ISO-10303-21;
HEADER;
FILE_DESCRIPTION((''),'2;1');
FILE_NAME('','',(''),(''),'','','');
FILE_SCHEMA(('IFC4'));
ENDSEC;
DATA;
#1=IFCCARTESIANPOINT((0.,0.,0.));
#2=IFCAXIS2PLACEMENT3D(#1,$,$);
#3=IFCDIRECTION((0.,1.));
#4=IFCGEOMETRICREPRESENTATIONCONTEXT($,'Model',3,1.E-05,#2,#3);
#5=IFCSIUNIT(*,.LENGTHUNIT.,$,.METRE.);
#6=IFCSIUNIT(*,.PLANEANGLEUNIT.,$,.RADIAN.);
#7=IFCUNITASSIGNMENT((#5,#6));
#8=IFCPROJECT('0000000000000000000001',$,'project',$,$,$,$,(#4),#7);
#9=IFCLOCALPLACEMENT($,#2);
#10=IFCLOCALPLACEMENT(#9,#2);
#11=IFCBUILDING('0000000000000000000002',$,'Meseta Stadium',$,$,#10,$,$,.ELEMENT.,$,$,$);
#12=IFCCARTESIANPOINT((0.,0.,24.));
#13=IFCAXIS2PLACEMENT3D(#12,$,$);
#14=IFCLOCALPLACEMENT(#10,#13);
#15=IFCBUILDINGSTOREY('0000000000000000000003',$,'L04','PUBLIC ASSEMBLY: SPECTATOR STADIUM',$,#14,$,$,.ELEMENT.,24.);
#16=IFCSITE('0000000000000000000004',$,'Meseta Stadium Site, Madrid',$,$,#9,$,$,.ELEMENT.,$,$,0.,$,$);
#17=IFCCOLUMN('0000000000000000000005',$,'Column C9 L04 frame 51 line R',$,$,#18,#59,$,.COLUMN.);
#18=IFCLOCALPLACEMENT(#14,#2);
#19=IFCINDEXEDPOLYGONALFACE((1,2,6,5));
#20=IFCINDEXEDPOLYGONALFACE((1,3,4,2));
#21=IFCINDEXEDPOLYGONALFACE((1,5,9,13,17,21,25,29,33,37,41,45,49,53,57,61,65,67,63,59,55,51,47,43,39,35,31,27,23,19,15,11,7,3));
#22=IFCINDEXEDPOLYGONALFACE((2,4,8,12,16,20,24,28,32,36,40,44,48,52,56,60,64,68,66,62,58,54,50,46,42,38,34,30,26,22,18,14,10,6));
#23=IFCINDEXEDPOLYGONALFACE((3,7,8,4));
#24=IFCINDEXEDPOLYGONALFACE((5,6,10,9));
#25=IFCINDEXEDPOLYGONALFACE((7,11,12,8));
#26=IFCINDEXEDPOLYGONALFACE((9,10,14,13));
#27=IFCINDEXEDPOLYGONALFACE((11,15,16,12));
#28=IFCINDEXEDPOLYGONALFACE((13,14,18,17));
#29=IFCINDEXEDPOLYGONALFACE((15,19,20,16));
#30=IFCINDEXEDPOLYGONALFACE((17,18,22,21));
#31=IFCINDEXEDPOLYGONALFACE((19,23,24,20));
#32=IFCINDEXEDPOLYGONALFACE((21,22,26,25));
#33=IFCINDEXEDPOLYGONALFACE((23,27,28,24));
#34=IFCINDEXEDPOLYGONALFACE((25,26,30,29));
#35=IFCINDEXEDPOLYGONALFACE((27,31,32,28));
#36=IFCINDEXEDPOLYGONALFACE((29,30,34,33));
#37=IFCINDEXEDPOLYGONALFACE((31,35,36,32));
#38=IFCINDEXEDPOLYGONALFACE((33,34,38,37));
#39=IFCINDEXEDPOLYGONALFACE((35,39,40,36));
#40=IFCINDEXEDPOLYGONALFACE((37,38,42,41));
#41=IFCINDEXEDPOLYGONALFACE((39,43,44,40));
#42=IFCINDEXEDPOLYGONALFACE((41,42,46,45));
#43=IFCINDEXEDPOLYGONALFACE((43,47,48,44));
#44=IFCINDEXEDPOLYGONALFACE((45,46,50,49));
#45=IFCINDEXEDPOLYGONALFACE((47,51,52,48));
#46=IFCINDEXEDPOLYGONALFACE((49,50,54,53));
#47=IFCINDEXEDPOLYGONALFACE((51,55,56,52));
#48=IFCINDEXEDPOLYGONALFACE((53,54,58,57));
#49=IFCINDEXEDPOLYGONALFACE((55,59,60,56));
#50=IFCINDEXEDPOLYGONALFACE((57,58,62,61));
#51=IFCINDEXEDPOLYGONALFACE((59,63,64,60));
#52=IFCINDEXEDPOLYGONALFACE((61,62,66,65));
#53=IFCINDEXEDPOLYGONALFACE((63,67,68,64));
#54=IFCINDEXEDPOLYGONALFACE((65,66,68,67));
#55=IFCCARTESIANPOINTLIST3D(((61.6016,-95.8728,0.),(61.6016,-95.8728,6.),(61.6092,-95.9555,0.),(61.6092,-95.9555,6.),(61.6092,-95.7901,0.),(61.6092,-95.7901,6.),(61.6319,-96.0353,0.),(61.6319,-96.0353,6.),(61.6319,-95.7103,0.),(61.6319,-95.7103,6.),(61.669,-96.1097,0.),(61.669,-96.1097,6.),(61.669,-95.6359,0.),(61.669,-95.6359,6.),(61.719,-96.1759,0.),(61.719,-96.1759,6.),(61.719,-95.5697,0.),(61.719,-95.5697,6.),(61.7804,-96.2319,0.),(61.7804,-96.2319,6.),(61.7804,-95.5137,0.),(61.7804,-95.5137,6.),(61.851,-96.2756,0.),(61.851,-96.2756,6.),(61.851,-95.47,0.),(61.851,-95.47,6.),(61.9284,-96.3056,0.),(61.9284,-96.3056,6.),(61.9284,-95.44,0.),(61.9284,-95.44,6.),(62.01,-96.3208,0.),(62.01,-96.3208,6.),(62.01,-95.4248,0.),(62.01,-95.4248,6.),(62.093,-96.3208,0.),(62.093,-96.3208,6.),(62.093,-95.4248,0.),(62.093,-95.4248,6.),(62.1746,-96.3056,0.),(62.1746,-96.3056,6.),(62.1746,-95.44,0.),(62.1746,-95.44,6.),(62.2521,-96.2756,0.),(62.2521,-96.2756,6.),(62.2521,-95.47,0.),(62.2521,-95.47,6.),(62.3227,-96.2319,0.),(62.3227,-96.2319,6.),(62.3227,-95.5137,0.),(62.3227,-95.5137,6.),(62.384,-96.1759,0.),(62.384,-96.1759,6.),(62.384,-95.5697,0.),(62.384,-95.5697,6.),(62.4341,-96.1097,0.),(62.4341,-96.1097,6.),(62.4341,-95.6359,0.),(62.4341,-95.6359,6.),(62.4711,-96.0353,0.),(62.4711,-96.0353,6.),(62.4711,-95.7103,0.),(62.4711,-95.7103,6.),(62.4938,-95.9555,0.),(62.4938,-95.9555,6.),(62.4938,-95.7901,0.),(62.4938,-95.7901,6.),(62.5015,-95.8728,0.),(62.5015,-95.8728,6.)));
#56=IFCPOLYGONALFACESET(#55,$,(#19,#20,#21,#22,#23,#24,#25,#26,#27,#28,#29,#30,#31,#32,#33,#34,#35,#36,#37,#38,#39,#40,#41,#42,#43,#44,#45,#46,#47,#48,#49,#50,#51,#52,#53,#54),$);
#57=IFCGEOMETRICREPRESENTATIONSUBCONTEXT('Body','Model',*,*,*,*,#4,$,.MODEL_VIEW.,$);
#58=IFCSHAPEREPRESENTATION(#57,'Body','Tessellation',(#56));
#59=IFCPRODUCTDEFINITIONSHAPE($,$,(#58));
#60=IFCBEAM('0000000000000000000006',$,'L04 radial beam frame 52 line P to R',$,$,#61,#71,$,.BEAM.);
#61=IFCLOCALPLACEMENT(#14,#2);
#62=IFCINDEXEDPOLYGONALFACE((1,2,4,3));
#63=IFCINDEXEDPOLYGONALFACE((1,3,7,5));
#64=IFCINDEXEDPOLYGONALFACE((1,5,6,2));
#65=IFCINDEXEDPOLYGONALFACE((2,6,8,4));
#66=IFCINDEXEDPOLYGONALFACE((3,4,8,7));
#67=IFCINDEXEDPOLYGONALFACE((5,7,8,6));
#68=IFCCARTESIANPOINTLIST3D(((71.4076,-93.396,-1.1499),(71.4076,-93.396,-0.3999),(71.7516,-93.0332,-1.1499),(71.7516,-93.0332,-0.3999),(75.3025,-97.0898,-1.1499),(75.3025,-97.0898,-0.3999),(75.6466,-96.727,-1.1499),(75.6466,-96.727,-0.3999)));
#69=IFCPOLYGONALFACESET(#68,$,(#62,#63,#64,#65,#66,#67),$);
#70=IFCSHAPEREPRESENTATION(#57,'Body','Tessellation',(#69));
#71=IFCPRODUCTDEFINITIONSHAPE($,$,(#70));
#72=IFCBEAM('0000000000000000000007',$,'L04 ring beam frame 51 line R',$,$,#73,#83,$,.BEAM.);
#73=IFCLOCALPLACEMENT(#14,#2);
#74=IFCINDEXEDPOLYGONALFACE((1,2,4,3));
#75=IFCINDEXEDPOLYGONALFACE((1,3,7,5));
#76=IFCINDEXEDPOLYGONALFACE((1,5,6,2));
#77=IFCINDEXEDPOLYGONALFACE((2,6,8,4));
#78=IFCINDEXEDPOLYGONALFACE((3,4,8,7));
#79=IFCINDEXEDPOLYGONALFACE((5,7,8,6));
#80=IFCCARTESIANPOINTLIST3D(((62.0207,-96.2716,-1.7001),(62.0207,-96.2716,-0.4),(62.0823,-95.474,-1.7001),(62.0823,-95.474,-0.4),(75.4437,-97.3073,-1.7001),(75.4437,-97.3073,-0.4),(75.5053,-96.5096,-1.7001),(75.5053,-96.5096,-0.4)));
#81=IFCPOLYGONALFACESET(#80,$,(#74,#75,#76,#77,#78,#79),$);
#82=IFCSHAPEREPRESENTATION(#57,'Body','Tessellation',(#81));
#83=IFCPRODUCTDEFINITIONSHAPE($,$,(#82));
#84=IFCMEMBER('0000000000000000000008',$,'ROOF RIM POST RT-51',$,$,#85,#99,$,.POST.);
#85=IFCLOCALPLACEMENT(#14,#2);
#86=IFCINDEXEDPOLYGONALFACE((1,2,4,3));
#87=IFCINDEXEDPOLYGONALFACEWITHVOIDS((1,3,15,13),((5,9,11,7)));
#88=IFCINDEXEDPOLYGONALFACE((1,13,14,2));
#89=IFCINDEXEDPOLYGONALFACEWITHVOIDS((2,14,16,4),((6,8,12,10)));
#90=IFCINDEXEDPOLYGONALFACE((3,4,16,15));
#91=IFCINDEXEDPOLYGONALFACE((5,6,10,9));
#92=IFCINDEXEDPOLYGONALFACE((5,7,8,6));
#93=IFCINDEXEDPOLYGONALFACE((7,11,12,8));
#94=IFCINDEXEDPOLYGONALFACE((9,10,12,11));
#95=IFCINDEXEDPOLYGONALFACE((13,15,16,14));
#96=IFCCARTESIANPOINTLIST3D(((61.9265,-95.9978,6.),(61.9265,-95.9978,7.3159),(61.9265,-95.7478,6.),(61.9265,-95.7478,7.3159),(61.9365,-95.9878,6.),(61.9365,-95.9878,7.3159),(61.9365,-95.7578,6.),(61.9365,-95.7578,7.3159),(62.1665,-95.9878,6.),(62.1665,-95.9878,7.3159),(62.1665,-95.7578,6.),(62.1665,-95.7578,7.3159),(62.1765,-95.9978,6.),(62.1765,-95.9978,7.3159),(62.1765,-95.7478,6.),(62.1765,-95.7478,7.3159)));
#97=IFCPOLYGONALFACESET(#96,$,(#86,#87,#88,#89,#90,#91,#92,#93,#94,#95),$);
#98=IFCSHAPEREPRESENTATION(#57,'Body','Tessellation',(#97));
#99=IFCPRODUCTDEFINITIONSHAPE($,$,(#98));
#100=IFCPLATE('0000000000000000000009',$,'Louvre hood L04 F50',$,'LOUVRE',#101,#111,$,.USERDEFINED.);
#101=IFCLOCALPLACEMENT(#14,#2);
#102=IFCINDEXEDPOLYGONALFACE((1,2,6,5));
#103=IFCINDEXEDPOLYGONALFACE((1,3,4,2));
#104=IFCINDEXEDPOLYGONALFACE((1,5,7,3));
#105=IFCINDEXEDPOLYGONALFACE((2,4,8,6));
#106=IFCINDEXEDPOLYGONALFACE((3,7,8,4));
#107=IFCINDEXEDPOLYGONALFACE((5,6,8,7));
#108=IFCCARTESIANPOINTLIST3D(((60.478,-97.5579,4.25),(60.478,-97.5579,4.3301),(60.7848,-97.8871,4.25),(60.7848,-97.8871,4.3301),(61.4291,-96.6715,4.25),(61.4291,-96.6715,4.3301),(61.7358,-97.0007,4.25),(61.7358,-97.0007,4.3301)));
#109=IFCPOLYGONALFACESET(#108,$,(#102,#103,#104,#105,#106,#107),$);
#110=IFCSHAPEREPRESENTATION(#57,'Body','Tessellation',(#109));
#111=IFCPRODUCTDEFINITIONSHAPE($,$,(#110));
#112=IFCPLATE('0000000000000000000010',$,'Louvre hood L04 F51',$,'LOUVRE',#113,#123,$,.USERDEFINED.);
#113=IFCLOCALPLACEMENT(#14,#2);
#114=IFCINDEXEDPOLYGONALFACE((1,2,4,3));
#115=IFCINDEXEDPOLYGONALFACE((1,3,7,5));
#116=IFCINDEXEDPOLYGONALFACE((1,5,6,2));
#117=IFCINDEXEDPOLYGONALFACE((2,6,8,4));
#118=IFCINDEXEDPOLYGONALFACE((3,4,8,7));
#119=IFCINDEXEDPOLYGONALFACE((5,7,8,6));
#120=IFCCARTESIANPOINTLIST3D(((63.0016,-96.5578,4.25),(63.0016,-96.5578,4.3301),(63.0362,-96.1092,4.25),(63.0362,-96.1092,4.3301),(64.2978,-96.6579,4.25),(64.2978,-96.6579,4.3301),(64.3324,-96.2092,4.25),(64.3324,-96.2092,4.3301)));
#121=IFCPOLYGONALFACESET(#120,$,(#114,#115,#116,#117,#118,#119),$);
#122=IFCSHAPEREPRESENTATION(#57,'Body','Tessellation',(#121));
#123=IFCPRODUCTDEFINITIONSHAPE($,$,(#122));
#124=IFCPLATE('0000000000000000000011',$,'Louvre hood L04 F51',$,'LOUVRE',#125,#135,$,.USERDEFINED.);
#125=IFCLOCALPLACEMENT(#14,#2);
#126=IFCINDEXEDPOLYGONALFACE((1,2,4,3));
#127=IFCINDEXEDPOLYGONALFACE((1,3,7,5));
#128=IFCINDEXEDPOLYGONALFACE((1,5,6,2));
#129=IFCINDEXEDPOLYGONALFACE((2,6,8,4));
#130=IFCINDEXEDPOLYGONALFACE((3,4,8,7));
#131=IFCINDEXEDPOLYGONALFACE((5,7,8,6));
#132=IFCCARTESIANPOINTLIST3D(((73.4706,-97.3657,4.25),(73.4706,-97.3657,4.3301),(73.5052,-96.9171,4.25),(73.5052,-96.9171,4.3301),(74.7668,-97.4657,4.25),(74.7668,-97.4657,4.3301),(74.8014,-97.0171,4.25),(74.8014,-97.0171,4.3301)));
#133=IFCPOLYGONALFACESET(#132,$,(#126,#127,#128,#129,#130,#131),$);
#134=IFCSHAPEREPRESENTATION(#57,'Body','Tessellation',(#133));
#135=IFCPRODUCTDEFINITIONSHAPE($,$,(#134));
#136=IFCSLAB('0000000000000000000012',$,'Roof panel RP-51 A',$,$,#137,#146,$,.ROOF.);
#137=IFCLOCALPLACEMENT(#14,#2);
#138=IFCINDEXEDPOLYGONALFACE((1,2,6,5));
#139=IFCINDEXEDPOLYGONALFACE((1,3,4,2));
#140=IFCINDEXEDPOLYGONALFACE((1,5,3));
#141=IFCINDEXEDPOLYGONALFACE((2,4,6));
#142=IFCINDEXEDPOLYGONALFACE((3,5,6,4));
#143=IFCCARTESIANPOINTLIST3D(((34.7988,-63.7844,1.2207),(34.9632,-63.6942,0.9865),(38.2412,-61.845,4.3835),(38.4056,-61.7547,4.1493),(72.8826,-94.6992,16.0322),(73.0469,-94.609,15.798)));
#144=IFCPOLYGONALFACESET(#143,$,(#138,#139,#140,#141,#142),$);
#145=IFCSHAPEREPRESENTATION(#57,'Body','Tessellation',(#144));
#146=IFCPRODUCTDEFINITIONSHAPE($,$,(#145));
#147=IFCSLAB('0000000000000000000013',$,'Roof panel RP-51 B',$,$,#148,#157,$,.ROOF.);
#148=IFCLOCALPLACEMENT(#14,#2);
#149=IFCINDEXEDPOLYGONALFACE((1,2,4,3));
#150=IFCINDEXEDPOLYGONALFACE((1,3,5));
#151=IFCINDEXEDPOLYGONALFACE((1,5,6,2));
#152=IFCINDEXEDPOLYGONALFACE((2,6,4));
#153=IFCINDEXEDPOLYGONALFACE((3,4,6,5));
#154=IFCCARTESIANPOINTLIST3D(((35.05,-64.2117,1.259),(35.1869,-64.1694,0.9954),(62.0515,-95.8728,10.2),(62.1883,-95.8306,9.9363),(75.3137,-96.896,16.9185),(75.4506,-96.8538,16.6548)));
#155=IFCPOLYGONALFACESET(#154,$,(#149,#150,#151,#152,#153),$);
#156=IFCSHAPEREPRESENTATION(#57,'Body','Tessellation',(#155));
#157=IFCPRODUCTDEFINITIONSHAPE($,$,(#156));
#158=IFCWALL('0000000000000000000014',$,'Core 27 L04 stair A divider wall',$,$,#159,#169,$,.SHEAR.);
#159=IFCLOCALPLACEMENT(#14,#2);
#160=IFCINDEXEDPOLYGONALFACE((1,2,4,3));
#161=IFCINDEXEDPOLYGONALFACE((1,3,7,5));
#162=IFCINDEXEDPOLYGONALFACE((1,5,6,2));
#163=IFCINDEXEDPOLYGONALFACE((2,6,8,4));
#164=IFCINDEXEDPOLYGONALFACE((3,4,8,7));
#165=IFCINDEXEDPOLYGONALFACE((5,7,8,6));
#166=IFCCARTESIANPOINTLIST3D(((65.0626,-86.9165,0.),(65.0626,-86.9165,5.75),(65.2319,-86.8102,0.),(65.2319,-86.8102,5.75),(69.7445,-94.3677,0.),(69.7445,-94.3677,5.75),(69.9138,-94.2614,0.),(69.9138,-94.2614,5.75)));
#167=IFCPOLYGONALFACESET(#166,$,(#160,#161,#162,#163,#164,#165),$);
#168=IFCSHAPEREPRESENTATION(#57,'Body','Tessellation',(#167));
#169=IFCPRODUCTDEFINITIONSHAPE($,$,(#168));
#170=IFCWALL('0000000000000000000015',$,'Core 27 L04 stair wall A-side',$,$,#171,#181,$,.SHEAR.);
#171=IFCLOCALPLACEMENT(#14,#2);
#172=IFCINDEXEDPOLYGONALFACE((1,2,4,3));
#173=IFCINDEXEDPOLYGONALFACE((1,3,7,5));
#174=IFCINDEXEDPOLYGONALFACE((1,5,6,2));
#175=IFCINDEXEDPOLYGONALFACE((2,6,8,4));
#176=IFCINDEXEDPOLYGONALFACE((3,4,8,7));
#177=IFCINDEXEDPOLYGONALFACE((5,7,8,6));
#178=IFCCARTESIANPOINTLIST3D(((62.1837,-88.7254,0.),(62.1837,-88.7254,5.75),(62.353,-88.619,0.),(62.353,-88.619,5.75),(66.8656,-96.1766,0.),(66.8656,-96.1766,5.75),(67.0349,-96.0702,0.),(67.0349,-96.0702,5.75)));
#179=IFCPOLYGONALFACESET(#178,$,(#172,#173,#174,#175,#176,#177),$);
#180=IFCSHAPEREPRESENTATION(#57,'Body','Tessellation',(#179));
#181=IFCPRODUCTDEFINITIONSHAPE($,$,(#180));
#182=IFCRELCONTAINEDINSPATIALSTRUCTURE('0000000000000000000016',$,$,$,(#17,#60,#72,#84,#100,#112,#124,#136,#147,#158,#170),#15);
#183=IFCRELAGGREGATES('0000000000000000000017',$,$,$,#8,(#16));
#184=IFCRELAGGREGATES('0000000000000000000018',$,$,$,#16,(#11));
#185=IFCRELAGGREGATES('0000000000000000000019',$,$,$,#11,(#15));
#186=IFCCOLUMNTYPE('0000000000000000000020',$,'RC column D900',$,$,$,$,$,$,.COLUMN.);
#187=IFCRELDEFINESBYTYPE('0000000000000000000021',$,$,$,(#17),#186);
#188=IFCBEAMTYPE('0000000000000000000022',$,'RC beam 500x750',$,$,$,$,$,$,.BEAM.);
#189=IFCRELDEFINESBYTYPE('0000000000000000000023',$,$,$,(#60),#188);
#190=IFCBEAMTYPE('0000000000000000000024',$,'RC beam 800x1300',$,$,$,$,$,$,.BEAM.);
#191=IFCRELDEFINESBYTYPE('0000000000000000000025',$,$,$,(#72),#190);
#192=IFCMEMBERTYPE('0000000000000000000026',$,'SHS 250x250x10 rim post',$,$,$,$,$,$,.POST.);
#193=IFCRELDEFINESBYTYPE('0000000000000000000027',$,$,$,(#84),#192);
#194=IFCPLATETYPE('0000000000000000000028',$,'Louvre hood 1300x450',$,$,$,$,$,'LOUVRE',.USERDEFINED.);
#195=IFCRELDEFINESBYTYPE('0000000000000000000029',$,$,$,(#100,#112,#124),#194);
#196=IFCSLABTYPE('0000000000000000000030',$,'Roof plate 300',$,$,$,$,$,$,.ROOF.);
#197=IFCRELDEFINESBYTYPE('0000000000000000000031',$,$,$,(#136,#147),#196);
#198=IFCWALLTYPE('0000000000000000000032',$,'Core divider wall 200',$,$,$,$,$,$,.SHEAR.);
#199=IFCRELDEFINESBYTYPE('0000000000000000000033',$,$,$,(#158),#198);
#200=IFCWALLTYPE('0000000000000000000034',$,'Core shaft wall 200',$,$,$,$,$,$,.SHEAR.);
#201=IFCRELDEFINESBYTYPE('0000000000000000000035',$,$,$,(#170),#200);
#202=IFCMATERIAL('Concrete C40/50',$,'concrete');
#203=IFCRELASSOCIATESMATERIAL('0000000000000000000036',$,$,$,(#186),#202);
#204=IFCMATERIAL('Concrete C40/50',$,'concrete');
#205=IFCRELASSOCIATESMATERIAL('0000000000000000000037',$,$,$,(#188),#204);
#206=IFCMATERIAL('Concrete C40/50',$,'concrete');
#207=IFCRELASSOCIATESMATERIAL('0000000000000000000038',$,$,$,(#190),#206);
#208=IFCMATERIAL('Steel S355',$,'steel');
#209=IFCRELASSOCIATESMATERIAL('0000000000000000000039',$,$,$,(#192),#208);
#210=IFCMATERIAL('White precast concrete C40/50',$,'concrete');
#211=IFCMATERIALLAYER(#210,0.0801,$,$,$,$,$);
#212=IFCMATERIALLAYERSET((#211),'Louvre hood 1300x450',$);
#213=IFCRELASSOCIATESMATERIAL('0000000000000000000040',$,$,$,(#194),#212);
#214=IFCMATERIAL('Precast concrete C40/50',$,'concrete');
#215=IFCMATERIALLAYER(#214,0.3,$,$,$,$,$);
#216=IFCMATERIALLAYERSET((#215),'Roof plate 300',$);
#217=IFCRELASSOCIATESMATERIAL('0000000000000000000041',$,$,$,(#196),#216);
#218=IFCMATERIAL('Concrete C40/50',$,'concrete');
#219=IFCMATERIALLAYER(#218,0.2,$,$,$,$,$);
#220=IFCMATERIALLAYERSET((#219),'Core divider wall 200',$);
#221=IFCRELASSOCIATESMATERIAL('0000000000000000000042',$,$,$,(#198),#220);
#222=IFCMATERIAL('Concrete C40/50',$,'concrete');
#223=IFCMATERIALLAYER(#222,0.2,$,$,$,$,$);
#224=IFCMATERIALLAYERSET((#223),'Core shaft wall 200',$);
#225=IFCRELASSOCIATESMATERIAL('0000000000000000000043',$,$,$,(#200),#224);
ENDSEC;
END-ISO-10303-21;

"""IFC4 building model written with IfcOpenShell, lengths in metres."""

from ifc_helpers import new_model, si_unit, direction, frame, frame_2d, origin, origin_2d, place, context, subcontext, project, spatial, polyline, rectangle, hollow_rectangle, circle, outline, extrude, material, layer, layer_set, material_profile, profile_set, type_object, element, save


model = new_model("IFC4")

# Units and contexts
model_context = context("Model", 3, precision=1e-05, world=origin(), true_north=direction((0.0, 1.0)))
body_context = subcontext(model_context, "Body", "Model", "MODEL_VIEW")
ifc_project = project(units=[si_unit("LENGTHUNIT", "METRE"), si_unit("PLANEANGLEUNIT", "RADIAN")], contexts=[model_context])

# Site, building, storey
site_placement = place(None, origin())
site = spatial("IfcSite", under=ifc_project, at=site_placement, Name="Meseta Stadium Site, Madrid", CompositionType="ELEMENT", RefElevation=0.0)
building_placement = place(site_placement, origin())
building = spatial("IfcBuilding", under=site, at=building_placement, Name="Meseta Stadium", CompositionType="ELEMENT")
storey_placement = place(building_placement, frame((0.0, 0.0, 24.0)))
storey = spatial("IfcBuildingStorey", under=building, at=storey_placement, Name="L04", Description="PUBLIC ASSEMBLY: SPECTATOR STADIUM", CompositionType="ELEMENT", Elevation=24.0)

# Column
ifc_material_1 = material(Name="Concrete C40/50", Category="concrete")
ifc_material_profile_1 = material_profile(ifc_material_1, circle(Radius=0.45, at=origin_2d()), Name="RC D900")
ifc_profile_set_1 = profile_set([ifc_material_profile_1], Name="Concrete C40/50")
column_type = type_object("IfcColumnType", Name="RC column D900", PredefinedType="COLUMN", material=ifc_profile_set_1)
column_placement = place(storey_placement, frame((62.0515, -95.8728, 0.0), z_axis=(0.0, 0.0, 1.0), x_axis=(1.0, 0.0, 0.0)))
element("IfcColumn", 1, at=column_placement, inside=storey, type_object=column_type, Name="Column C9 L04 frame 51 line R", PredefinedType="COLUMN", context=body_context, shape_type="SweptSolid", body=[
    extrude(circle(Radius=0.45, at=origin_2d()), origin(), (0.0, 0.0, 1.0), 6.0),
])

# Beams
ifc_material_2 = material(Name="Concrete C40/50", Category="concrete")
ifc_material_profile_2 = material_profile(ifc_material_2, rectangle(XDim=0.5, YDim=0.75, at=origin_2d()), Name="RC 500x750")
ifc_profile_set_2 = profile_set([ifc_material_profile_2], Name="Concrete C40/50")
beam_type_1 = type_object("IfcBeamType", Name="RC beam 500x750", PredefinedType="BEAM", material=ifc_profile_set_2)
beam_1_placement = place(storey_placement, frame((71.5796, -93.2146, -0.7749), z_axis=(0.725596, -0.68812, 0.0), x_axis=(0.68812, 0.725596, 0.0)))
element("IfcBeam", 2, at=beam_1_placement, inside=storey, type_object=beam_type_1, Name="L04 radial beam frame 52 line P to R", PredefinedType="BEAM", context=body_context, shape_type="SweptSolid", body=[
    extrude(rectangle(XDim=0.5, YDim=0.75, at=origin_2d()), origin(), (0.0, 0.0, 1.0), 5.3679),
])
ifc_material_3 = material(Name="Concrete C40/50", Category="concrete")
ifc_material_profile_3 = material_profile(ifc_material_3, rectangle(XDim=0.8, YDim=1.3, at=origin_2d()), Name="RC 800x1300")
ifc_profile_set_3 = profile_set([ifc_material_profile_3], Name="Concrete C40/50")
beam_type_2 = type_object("IfcBeamType", Name="RC beam 800x1300", PredefinedType="BEAM", material=ifc_profile_set_3)
beam_2_placement = place(storey_placement, frame((62.0515, -95.8728, -1.05), z_axis=(0.997037, -0.076925, 0.0), x_axis=(0.076925, 0.997037, 0.0)))
element("IfcBeam", 3, at=beam_2_placement, inside=storey, type_object=beam_type_2, Name="L04 ring beam frame 51 line R", PredefinedType="BEAM", context=body_context, shape_type="SweptSolid", body=[
    extrude(rectangle(XDim=0.8, YDim=1.3, at=origin_2d()), origin(), (0.0, 0.0, 1.0), 13.4629),
])

# Member
ifc_material_4 = material(Name="Steel S355", Category="steel")
ifc_material_profile_4 = material_profile(ifc_material_4, hollow_rectangle(XDim=0.25, YDim=0.25, WallThickness=0.01, at=origin_2d()), Name="SHS 250x250x10")
ifc_profile_set_4 = profile_set([ifc_material_profile_4], Name="Steel S355")
member_type = type_object("IfcMemberType", Name="SHS 250x250x10 rim post", PredefinedType="POST", material=ifc_profile_set_4)
member_placement = place(storey_placement, frame((62.0515, -95.8728, 6.0), z_axis=(0.0, 0.0, 1.0), x_axis=(1.0, 0.0, 0.0)))
element("IfcMember", 4, at=member_placement, inside=storey, type_object=member_type, Name="ROOF RIM POST RT-51", PredefinedType="POST", context=body_context, shape_type="SweptSolid", body=[
    extrude(hollow_rectangle(XDim=0.25, YDim=0.25, WallThickness=0.01, at=origin_2d()), origin(), (0.0, 0.0, 1.0), 1.3159),
])

# Plates
ifc_material_5 = material(Name="White precast concrete C40/50", Category="concrete")
ifc_layer_1 = layer(ifc_material_5, 0.0801)
ifc_layer_set_1 = layer_set([ifc_layer_1], Name="Louvre hood 1300x450")
plate_type = type_object("IfcPlateType", Name="Louvre hood 1300x450", ElementType="LOUVRE", PredefinedType="USERDEFINED", material=ifc_layer_set_1)
for number, where, z_axis, x_axis, name in (
    (5, (61.1069, -97.2793, 4.25), (0.0, 0.0, 1.0), (0.731545, 0.681793, 0.0), "Louvre hood L04 F50"),
    (6, (63.667, -96.3835, 4.25), (0.0, 0.0, 1.0), (0.997036, -0.076937, 0.0), "Louvre hood L04 F51"),
    (7, (74.136, -97.1914, 4.25), (0.0, 0.0, 1.0), (0.997036, -0.076937, 0.0), "Louvre hood L04 F51"),
):
    element("IfcPlate", number, at=place(storey_placement, frame(where, z_axis=z_axis, x_axis=x_axis)), inside=storey, type_object=plate_type, Name=name, ObjectType="LOUVRE", PredefinedType="USERDEFINED", context=body_context, shape_type="SweptSolid", body=[
        extrude(rectangle(XDim=1.3, YDim=0.45, at=origin_2d()), origin(), (0.0, 0.0, 1.0), 0.0801),
    ])

# Slabs
ifc_material_6 = material(Name="Precast concrete C40/50", Category="concrete")
ifc_layer_2 = layer(ifc_material_6, 0.3)
ifc_layer_set_2 = layer_set([ifc_layer_2], Name="Roof plate 300")
slab_type = type_object("IfcSlabType", Name="Roof plate 300", PredefinedType="ROOF", material=ifc_layer_set_2)
slab_1_placement = place(storey_placement, frame((72.8826, -94.6992, 16.0322), z_axis=(-0.547796, -0.300804, 0.780664), x_axis=(-0.743251, 0.60334, -0.289065)))
element("IfcSlab", 8, at=slab_1_placement, inside=storey, type_object=slab_type, Name="Roof panel RP-51 A", PredefinedType="ROOF", context=body_context, shape_type="SweptSolid", body=[
    extrude(outline(polyline([(0.0, 0.0), (51.2394, 0.0), (48.9367, -4.507), (0.0, 0.0)])), origin(), (0.0, 0.0, -1.0), 0.3),
])
slab_2_placement = place(storey_placement, frame((62.0515, -95.8728, 10.2), z_axis=(-0.456032, -0.140759, 0.878762), x_axis=(-0.634417, 0.743899, -0.210073)))
element("IfcSlab", 9, at=slab_2_placement, inside=storey, type_object=slab_type, Name="Roof panel RP-51 B", PredefinedType="ROOF", context=body_context, shape_type="SweptSolid", body=[
    extrude(outline(polyline([(0.0, 0.0), (42.5611, 0.0), (-10.5863, -10.4882), (0.0, 0.0)])), origin(), (0.0, 0.0, -1.0), 0.3),
])

# Walls
ifc_material_7 = material(Name="Concrete C40/50", Category="concrete")
ifc_layer_3 = layer(ifc_material_7, 0.2)
ifc_layer_set_3 = layer_set([ifc_layer_3], Name="Core divider wall 200")
wall_type_1 = type_object("IfcWallType", Name="Core divider wall 200", PredefinedType="SHEAR", material=ifc_layer_set_3)
wall_1_placement = place(storey_placement, frame((69.8291, -94.3145, 0.0), z_axis=(0.0, 0.0, 1.0), x_axis=(-0.532032, 0.846724, 0.0)))
element("IfcWall", 10, at=wall_1_placement, inside=storey, type_object=wall_type_1, Name="Core 27 L04 stair A divider wall", PredefinedType="SHEAR", context=body_context, shape_type="SweptSolid", body=[
    extrude(rectangle(XDim=8.8, YDim=0.2, at=frame_2d((4.3999, 0.0))), origin(), (0.0, 0.0, 1.0), 5.75),
])
ifc_material_8 = material(Name="Concrete C40/50", Category="concrete")
ifc_layer_4 = layer(ifc_material_8, 0.2)
ifc_layer_set_4 = layer_set([ifc_layer_4], Name="Core shaft wall 200")
wall_type_2 = type_object("IfcWallType", Name="Core shaft wall 200", PredefinedType="SHEAR", material=ifc_layer_set_4)
for number, where, z_axis, x_axis, name in (
    (11, (66.9502, -96.1233, 0.0), (0.0, 0.0, 1.0), (-0.532032, 0.846724, 0.0), "Core 27 L04 stair wall A-side"),
):
    element("IfcWall", number, at=place(storey_placement, frame(where, z_axis=z_axis, x_axis=x_axis)), inside=storey, type_object=wall_type_2, Name=name, PredefinedType="SHEAR", context=body_context, shape_type="SweptSolid", body=[
        extrude(rectangle(XDim=8.8, YDim=0.2, at=frame_2d((4.3999, 0.0))), origin(), (0.0, 0.0, 1.0), 5.75),
    ])

save(model, "model.ifc")
